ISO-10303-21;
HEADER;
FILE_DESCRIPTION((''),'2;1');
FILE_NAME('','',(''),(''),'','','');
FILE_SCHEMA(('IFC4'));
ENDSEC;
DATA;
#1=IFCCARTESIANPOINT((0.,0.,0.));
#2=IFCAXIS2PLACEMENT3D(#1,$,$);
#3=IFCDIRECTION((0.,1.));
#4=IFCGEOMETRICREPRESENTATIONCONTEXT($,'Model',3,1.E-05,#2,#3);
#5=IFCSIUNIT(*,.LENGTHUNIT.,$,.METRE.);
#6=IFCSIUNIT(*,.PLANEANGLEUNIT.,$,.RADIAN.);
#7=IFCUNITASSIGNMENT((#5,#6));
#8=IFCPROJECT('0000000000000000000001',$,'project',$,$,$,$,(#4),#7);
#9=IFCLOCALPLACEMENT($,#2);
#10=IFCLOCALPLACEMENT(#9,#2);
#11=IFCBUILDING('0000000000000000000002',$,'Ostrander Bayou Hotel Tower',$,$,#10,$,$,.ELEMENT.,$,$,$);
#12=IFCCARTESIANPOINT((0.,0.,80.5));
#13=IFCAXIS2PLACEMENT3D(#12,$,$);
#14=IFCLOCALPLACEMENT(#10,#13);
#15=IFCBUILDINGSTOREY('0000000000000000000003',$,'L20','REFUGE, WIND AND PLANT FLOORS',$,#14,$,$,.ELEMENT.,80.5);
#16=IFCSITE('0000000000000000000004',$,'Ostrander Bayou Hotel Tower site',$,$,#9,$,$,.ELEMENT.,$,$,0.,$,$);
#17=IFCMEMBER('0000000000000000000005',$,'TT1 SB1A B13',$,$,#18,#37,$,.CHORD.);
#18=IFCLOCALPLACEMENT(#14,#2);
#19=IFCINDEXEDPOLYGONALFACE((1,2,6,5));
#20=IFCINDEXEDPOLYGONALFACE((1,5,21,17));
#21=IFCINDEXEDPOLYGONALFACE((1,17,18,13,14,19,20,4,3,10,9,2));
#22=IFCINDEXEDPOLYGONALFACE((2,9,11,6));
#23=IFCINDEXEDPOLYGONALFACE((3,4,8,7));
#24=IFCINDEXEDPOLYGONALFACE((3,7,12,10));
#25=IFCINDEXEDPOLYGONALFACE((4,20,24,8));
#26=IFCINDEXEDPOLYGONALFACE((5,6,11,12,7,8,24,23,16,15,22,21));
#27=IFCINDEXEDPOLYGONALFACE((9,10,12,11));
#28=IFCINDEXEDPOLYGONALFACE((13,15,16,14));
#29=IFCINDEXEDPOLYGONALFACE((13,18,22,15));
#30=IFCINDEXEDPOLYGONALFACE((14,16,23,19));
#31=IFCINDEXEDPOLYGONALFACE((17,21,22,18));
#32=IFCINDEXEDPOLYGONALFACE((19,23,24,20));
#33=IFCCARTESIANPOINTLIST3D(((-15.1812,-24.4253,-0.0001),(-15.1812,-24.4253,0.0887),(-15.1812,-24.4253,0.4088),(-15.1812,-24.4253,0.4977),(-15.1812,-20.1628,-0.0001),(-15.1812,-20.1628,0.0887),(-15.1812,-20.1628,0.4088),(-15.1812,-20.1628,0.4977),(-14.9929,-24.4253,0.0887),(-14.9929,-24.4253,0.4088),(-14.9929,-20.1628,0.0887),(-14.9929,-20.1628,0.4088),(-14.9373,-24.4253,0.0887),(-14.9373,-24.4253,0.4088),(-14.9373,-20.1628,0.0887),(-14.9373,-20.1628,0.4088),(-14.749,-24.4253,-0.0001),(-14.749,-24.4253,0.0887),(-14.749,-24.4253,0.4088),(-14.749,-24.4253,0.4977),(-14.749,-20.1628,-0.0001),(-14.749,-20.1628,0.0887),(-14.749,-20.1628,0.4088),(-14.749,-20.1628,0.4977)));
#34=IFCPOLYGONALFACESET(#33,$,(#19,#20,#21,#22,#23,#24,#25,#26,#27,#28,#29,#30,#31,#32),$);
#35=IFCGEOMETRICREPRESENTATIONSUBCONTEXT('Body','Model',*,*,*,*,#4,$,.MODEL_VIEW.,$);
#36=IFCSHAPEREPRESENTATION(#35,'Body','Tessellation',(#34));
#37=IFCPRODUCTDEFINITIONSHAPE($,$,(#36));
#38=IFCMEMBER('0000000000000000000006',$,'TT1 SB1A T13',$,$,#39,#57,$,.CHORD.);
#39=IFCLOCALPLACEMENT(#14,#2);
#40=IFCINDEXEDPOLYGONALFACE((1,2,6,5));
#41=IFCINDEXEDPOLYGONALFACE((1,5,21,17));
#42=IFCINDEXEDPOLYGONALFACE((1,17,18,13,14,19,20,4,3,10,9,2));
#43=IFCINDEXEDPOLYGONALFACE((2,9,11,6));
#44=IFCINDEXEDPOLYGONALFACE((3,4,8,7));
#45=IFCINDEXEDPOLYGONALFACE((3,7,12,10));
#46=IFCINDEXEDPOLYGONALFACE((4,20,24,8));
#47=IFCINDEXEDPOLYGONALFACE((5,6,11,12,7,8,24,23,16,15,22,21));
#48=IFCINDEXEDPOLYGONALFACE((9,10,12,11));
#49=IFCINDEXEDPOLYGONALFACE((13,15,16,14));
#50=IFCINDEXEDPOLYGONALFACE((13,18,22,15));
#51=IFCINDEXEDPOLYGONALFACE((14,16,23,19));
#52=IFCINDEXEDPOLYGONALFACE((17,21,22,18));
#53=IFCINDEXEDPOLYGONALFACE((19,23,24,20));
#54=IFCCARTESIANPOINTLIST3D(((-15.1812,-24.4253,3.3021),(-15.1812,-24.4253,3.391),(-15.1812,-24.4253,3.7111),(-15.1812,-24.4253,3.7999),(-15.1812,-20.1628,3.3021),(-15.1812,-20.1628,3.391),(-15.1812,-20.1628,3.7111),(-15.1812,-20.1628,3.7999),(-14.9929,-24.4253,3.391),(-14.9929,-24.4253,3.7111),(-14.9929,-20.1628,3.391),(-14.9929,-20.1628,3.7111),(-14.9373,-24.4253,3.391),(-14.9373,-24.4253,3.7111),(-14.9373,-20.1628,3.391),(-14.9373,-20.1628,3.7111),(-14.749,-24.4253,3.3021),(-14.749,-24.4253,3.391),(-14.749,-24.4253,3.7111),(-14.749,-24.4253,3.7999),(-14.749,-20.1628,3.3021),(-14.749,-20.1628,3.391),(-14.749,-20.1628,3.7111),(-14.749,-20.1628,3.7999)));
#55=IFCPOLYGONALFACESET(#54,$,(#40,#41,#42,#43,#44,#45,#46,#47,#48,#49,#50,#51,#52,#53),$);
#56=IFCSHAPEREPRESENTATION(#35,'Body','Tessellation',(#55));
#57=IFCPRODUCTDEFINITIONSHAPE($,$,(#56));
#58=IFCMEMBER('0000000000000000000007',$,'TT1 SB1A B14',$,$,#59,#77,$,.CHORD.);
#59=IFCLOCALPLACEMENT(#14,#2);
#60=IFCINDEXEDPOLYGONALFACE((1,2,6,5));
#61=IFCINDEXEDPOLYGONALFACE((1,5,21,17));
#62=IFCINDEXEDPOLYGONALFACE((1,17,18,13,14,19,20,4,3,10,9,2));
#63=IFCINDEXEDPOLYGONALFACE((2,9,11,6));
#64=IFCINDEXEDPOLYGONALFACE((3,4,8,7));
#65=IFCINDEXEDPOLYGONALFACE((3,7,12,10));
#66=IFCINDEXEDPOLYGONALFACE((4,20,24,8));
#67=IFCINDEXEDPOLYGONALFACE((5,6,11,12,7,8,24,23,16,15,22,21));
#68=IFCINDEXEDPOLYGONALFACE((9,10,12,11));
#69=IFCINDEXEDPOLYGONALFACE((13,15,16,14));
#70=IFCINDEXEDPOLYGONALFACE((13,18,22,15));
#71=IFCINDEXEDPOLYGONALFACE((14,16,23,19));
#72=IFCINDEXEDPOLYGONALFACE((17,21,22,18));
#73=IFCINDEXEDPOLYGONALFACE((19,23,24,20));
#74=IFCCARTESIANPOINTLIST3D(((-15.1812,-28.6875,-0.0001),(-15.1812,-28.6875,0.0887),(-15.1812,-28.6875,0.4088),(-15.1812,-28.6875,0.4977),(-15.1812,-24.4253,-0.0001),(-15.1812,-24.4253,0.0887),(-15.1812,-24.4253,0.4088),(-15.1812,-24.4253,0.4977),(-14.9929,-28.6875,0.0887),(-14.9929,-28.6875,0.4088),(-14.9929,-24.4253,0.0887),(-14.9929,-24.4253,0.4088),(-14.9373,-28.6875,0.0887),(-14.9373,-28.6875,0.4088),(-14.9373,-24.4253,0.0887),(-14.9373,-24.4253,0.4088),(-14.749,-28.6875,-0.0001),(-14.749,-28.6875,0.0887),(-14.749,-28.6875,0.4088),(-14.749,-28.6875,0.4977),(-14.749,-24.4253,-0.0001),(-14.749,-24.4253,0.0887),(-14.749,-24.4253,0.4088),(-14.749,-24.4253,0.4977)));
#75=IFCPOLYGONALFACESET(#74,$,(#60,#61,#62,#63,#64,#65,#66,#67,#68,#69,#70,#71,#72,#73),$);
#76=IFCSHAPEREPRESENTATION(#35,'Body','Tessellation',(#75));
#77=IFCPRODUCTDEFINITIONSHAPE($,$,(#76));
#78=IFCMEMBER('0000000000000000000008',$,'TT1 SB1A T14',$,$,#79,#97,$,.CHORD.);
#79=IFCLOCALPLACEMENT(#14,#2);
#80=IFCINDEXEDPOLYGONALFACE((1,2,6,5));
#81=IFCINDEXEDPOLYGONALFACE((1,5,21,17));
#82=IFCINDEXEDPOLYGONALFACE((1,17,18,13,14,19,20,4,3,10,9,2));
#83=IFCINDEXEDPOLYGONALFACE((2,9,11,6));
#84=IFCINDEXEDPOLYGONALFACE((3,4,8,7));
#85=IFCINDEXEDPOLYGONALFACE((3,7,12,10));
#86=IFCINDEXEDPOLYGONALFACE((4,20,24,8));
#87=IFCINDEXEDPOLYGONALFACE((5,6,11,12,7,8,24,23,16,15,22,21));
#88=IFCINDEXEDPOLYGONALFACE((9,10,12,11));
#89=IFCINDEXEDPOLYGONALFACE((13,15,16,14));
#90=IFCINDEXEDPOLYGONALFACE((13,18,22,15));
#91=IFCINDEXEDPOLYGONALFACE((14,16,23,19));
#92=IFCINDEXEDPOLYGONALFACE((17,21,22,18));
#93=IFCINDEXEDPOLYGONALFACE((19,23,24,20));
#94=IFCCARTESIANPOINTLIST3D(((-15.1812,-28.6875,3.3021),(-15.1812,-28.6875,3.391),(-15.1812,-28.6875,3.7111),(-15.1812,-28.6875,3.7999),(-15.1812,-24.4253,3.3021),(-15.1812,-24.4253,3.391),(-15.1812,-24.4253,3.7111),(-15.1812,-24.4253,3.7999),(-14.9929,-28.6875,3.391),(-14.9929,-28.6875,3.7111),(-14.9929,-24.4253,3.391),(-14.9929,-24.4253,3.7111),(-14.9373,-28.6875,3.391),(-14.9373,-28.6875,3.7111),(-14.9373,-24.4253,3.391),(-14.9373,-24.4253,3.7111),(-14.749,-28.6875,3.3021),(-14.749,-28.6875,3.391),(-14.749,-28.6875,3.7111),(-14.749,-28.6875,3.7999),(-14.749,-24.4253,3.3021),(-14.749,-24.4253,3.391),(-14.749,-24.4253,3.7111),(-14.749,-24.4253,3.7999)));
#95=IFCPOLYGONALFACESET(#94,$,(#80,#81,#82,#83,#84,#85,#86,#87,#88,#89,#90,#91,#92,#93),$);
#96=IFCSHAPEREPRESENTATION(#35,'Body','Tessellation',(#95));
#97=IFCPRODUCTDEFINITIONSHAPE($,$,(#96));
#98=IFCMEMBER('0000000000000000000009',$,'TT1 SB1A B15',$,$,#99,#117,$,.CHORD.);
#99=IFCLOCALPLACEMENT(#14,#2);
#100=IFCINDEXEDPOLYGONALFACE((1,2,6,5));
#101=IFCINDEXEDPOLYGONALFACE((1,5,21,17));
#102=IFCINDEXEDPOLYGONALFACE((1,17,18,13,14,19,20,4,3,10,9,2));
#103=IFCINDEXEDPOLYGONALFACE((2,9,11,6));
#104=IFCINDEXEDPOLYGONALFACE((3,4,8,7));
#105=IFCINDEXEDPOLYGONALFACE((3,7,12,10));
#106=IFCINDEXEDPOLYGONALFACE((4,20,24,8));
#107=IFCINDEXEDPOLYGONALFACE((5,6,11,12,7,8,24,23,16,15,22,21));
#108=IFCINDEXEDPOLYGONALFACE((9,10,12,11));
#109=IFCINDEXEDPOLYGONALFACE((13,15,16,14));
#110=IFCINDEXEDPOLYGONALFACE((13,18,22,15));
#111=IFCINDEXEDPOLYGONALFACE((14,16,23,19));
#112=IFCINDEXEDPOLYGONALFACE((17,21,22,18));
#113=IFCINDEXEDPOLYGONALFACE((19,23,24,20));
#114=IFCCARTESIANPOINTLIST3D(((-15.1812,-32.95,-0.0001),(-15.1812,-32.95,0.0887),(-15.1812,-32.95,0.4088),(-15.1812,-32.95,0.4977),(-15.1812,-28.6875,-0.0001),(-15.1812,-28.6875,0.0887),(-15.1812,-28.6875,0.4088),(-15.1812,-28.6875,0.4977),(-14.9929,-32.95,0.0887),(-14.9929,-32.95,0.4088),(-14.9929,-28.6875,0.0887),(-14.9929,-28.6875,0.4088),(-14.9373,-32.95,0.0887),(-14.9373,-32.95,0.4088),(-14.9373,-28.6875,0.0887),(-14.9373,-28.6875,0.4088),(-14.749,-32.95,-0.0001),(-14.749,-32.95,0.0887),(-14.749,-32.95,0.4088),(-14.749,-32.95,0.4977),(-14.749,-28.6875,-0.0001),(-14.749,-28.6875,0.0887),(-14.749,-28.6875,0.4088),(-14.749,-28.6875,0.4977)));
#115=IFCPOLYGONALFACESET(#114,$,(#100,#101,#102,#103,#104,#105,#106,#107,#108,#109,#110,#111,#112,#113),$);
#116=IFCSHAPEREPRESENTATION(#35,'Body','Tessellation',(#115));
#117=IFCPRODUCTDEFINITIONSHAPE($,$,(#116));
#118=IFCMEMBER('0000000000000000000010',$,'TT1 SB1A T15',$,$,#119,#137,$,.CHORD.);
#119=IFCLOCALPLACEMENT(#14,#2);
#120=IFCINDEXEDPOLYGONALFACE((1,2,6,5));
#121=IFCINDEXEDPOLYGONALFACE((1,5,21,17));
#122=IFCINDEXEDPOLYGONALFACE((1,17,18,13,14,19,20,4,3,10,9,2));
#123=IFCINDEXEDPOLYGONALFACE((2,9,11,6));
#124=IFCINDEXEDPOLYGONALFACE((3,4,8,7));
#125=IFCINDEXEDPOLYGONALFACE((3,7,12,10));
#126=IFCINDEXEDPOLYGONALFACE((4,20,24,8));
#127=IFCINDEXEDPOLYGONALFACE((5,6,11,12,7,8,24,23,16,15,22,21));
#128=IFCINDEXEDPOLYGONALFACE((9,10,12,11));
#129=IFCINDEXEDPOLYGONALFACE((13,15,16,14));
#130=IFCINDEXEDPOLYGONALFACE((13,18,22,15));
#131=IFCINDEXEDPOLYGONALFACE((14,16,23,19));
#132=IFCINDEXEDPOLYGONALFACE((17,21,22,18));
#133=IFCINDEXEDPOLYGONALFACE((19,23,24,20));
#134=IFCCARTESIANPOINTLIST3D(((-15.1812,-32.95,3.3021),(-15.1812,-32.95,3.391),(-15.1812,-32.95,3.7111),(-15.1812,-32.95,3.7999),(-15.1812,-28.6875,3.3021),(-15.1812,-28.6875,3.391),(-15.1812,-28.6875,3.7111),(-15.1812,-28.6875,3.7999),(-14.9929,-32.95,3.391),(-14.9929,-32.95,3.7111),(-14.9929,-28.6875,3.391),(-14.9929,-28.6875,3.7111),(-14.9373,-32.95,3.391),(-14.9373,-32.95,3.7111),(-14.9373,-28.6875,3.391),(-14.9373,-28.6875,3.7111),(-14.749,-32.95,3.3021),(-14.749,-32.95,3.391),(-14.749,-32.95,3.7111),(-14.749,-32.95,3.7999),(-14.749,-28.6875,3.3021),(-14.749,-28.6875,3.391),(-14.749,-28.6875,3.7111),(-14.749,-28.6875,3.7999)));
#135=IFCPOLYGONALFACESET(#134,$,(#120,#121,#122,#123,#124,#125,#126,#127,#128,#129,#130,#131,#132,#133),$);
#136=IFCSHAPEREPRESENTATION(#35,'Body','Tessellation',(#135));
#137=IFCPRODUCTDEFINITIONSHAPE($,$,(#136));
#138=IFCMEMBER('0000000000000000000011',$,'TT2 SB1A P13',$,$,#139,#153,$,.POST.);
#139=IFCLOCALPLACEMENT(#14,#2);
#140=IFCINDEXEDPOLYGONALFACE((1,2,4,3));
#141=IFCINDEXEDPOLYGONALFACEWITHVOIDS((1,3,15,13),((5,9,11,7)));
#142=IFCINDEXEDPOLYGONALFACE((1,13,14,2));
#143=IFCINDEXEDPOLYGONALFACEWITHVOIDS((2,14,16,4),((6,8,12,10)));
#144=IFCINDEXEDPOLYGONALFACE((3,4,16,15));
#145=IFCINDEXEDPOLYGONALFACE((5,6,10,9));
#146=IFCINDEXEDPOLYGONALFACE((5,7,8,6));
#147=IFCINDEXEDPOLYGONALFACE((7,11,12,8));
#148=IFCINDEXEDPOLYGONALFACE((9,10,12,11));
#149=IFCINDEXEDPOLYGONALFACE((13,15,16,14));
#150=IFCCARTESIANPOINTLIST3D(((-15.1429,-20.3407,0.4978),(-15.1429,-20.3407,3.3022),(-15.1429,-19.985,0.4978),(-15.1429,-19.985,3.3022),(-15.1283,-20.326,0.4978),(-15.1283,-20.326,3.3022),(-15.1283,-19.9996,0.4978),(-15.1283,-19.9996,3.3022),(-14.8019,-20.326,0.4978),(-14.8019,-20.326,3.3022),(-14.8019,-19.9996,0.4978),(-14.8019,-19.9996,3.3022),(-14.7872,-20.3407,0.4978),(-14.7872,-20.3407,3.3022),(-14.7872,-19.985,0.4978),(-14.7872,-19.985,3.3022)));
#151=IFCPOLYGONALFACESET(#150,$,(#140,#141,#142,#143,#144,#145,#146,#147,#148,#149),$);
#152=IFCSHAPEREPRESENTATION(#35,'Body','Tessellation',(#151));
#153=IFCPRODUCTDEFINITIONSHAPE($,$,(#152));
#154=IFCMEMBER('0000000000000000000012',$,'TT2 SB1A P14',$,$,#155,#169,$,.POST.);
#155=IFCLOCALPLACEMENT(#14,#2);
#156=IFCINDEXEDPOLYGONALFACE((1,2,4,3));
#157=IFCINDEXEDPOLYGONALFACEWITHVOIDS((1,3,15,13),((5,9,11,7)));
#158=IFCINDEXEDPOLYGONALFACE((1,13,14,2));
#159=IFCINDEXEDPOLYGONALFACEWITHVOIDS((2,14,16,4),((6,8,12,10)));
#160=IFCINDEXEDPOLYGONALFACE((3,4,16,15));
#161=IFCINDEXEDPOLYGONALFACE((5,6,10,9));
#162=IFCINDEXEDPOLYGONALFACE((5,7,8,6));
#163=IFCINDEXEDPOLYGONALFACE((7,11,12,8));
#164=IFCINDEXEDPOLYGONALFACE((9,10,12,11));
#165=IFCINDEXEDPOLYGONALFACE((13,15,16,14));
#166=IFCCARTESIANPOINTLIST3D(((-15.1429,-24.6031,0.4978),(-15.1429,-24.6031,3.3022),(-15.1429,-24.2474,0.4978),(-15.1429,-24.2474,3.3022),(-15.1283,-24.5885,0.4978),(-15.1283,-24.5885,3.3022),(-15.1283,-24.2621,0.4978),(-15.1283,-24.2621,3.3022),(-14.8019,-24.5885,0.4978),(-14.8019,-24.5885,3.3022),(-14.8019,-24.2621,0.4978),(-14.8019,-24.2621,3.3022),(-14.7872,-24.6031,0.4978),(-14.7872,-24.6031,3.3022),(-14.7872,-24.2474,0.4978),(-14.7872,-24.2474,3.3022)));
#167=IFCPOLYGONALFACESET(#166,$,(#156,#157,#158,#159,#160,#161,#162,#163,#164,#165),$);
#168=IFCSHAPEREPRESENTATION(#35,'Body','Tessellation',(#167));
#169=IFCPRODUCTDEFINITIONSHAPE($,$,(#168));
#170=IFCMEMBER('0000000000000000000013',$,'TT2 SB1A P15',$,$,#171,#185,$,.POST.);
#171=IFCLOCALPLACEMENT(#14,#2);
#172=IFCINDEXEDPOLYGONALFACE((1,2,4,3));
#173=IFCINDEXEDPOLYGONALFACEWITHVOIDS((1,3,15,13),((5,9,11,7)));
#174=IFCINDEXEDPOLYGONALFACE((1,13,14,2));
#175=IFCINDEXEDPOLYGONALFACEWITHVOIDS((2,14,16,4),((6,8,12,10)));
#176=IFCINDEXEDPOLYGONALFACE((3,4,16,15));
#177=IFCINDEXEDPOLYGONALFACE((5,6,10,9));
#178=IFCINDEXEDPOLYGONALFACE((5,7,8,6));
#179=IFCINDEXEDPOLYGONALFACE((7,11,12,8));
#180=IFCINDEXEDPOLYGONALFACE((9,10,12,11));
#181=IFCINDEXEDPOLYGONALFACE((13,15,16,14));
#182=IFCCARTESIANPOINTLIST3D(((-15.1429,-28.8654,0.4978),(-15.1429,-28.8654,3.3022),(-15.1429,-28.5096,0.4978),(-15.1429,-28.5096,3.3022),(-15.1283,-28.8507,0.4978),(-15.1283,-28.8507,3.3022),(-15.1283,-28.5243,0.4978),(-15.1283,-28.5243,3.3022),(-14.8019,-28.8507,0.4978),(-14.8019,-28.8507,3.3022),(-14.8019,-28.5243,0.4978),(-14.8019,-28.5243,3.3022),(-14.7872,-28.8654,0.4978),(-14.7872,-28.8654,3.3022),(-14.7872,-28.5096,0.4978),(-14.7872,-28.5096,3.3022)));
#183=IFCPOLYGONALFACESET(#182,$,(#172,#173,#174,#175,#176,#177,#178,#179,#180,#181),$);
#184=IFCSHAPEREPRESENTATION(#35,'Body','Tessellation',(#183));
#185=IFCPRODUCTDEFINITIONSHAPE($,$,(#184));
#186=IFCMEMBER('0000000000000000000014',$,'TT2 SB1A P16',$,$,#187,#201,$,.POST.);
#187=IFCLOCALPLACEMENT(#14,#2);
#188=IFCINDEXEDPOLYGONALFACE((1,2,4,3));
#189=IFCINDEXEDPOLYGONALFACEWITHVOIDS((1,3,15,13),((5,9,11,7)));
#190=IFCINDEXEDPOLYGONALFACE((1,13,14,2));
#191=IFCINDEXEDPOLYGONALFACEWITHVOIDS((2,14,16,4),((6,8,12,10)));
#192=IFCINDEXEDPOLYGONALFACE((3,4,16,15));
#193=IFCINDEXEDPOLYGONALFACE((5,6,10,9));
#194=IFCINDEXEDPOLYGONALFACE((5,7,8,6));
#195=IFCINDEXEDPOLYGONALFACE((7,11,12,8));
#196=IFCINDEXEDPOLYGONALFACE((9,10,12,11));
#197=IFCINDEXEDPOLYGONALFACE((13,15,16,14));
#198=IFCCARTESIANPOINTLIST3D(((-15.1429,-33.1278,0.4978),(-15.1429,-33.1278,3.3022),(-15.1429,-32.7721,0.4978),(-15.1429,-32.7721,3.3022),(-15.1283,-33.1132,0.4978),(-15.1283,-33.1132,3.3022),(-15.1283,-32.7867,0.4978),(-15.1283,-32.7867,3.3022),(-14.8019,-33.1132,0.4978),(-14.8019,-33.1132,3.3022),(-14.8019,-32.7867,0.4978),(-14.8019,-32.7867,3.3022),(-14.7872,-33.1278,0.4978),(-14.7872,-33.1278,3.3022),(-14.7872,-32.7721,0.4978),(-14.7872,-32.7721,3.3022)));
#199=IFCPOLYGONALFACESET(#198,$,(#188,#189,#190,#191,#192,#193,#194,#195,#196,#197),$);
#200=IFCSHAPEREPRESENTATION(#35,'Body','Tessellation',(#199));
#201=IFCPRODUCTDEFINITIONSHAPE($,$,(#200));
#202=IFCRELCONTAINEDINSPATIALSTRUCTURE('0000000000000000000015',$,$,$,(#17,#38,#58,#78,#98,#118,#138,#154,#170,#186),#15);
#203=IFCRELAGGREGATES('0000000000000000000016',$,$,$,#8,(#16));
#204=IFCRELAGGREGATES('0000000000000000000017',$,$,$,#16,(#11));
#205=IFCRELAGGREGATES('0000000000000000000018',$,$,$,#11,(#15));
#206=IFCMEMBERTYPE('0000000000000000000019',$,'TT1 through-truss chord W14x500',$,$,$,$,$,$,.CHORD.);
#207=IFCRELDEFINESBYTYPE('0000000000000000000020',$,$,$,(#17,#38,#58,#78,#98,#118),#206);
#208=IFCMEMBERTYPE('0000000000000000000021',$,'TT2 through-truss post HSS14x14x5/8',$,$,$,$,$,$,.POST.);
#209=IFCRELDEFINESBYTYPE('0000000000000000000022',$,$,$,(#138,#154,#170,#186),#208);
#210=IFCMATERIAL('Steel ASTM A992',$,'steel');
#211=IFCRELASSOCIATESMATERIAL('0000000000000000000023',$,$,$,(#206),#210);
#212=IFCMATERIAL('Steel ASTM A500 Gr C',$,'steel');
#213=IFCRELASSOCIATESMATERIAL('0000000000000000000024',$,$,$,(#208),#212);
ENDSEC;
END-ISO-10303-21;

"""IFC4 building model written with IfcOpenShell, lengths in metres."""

from ifc_helpers import new_model, si_unit, direction, frame, origin, origin_2d, place, context, subcontext, project, spatial, hollow_rectangle, i_section, extrude, material, material_profile, profile_set, type_object, element, save


model = new_model("IFC4")

# Units and contexts
model_context = context("Model", 3, precision=1e-05, world=origin(), true_north=direction((0.0, 1.0)))
body_context = subcontext(model_context, "Body", "Model", "MODEL_VIEW")
ifc_project = project(units=[si_unit("LENGTHUNIT", "METRE"), si_unit("PLANEANGLEUNIT", "RADIAN")], contexts=[model_context])

# Site, building, storey
site_placement = place(None, origin())
site = spatial("IfcSite", under=ifc_project, at=site_placement, Name="Ostrander Bayou Hotel Tower site", CompositionType="ELEMENT", RefElevation=0.0)
building_placement = place(site_placement, origin())
building = spatial("IfcBuilding", under=site, at=building_placement, Name="Ostrander Bayou Hotel Tower", CompositionType="ELEMENT")
storey_placement = place(building_placement, frame((0.0, 0.0, 80.5)))
storey = spatial("IfcBuildingStorey", under=building, at=storey_placement, Name="L20", Description="REFUGE, WIND AND PLANT FLOORS", CompositionType="ELEMENT", Elevation=80.5)

# Members
ifc_material_1 = material(Name="Steel ASTM A992", Category="steel")
ifc_material_profile_1 = material_profile(ifc_material_1, i_section(OverallWidth=0.4321, OverallDepth=0.4978, WebThickness=0.0557, FlangeThickness=0.0889, at=origin_2d()))
ifc_profile_set_1 = profile_set([ifc_material_profile_1], Name="Steel ASTM A992")
member_type_1 = type_object("IfcMemberType", Name="TT1 through-truss chord W14x500", PredefinedType="CHORD", material=ifc_profile_set_1)
for number, where, z_axis, x_axis, name in (
    (1, (-14.9651, -20.1628, 0.2488), (0.0, -1.0, 0.0), (1.0, 0.0, 0.0), "TT1 SB1A B13"),
    (2, (-14.9651, -20.1628, 3.551), (0.0, -1.0, 0.0), (1.0, 0.0, 0.0), "TT1 SB1A T13"),
):
    element("IfcMember", number, at=place(storey_placement, frame(where, z_axis=z_axis, x_axis=x_axis)), inside=storey, type_object=member_type_1, Name=name, PredefinedType="CHORD", context=body_context, shape_type="SweptSolid", body=[
        extrude(i_section(OverallWidth=0.4321, OverallDepth=0.4978, WebThickness=0.0557, FlangeThickness=0.0889, at=origin_2d()), origin(), (0.0, 0.0, 1.0), 4.2625),
    ])
for number, where, z_axis, x_axis, name in (
    (3, (-14.9651, -24.4253, 0.2488), (0.0, -1.0, 0.0), (1.0, 0.0, 0.0), "TT1 SB1A B14"),
    (4, (-14.9651, -24.4253, 3.551), (0.0, -1.0, 0.0), (1.0, 0.0, 0.0), "TT1 SB1A T14"),
):
    element("IfcMember", number, at=place(storey_placement, frame(where, z_axis=z_axis, x_axis=x_axis)), inside=storey, type_object=member_type_1, Name=name, PredefinedType="CHORD", context=body_context, shape_type="SweptSolid", body=[
        extrude(i_section(OverallWidth=0.4321, OverallDepth=0.4978, WebThickness=0.0557, FlangeThickness=0.0889, at=origin_2d()), origin(), (0.0, 0.0, 1.0), 4.2622),
    ])
for number, where, z_axis, x_axis, name in (
    (5, (-14.9651, -28.6875, 0.2488), (0.0, -1.0, 0.0), (1.0, 0.0, 0.0), "TT1 SB1A B15"),
    (6, (-14.9651, -28.6875, 3.551), (0.0, -1.0, 0.0), (1.0, 0.0, 0.0), "TT1 SB1A T15"),
):
    element("IfcMember", number, at=place(storey_placement, frame(where, z_axis=z_axis, x_axis=x_axis)), inside=storey, type_object=member_type_1, Name=name, PredefinedType="CHORD", context=body_context, shape_type="SweptSolid", body=[
        extrude(i_section(OverallWidth=0.4321, OverallDepth=0.4978, WebThickness=0.0557, FlangeThickness=0.0889, at=origin_2d()), origin(), (0.0, 0.0, 1.0), 4.2625),
    ])
ifc_material_2 = material(Name="Steel ASTM A500 Gr C", Category="steel")
ifc_material_profile_2 = material_profile(ifc_material_2, hollow_rectangle(XDim=0.3557, YDim=0.3557, WallThickness=0.0146, at=origin_2d()))
ifc_profile_set_2 = profile_set([ifc_material_profile_2], Name="Steel ASTM A500 Gr C")
member_type_2 = type_object("IfcMemberType", Name="TT2 through-truss post HSS14x14x5/8", PredefinedType="POST", material=ifc_profile_set_2)
for number, where, z_axis, x_axis, name in (
    (7, (-14.9651, -20.1628, 0.4978), (0.0, 0.0, 1.0), (1.0, 0.0, 0.0), "TT2 SB1A P13"),
    (8, (-14.9651, -24.4253, 0.4978), (0.0, 0.0, 1.0), (1.0, 0.0, 0.0), "TT2 SB1A P14"),
    (9, (-14.9651, -28.6875, 0.4978), (0.0, 0.0, 1.0), (1.0, 0.0, 0.0), "TT2 SB1A P15"),
    (10, (-14.9651, -32.95, 0.4978), (0.0, 0.0, 1.0), (1.0, 0.0, 0.0), "TT2 SB1A P16"),
):
    element("IfcMember", number, at=place(storey_placement, frame(where, z_axis=z_axis, x_axis=x_axis)), inside=storey, type_object=member_type_2, Name=name, PredefinedType="POST", context=body_context, shape_type="SweptSolid", body=[
        extrude(hollow_rectangle(XDim=0.3557, YDim=0.3557, WallThickness=0.0146, at=origin_2d()), origin(), (0.0, 0.0, 1.0), 2.8044),
    ])

save(model, "model.ifc")
